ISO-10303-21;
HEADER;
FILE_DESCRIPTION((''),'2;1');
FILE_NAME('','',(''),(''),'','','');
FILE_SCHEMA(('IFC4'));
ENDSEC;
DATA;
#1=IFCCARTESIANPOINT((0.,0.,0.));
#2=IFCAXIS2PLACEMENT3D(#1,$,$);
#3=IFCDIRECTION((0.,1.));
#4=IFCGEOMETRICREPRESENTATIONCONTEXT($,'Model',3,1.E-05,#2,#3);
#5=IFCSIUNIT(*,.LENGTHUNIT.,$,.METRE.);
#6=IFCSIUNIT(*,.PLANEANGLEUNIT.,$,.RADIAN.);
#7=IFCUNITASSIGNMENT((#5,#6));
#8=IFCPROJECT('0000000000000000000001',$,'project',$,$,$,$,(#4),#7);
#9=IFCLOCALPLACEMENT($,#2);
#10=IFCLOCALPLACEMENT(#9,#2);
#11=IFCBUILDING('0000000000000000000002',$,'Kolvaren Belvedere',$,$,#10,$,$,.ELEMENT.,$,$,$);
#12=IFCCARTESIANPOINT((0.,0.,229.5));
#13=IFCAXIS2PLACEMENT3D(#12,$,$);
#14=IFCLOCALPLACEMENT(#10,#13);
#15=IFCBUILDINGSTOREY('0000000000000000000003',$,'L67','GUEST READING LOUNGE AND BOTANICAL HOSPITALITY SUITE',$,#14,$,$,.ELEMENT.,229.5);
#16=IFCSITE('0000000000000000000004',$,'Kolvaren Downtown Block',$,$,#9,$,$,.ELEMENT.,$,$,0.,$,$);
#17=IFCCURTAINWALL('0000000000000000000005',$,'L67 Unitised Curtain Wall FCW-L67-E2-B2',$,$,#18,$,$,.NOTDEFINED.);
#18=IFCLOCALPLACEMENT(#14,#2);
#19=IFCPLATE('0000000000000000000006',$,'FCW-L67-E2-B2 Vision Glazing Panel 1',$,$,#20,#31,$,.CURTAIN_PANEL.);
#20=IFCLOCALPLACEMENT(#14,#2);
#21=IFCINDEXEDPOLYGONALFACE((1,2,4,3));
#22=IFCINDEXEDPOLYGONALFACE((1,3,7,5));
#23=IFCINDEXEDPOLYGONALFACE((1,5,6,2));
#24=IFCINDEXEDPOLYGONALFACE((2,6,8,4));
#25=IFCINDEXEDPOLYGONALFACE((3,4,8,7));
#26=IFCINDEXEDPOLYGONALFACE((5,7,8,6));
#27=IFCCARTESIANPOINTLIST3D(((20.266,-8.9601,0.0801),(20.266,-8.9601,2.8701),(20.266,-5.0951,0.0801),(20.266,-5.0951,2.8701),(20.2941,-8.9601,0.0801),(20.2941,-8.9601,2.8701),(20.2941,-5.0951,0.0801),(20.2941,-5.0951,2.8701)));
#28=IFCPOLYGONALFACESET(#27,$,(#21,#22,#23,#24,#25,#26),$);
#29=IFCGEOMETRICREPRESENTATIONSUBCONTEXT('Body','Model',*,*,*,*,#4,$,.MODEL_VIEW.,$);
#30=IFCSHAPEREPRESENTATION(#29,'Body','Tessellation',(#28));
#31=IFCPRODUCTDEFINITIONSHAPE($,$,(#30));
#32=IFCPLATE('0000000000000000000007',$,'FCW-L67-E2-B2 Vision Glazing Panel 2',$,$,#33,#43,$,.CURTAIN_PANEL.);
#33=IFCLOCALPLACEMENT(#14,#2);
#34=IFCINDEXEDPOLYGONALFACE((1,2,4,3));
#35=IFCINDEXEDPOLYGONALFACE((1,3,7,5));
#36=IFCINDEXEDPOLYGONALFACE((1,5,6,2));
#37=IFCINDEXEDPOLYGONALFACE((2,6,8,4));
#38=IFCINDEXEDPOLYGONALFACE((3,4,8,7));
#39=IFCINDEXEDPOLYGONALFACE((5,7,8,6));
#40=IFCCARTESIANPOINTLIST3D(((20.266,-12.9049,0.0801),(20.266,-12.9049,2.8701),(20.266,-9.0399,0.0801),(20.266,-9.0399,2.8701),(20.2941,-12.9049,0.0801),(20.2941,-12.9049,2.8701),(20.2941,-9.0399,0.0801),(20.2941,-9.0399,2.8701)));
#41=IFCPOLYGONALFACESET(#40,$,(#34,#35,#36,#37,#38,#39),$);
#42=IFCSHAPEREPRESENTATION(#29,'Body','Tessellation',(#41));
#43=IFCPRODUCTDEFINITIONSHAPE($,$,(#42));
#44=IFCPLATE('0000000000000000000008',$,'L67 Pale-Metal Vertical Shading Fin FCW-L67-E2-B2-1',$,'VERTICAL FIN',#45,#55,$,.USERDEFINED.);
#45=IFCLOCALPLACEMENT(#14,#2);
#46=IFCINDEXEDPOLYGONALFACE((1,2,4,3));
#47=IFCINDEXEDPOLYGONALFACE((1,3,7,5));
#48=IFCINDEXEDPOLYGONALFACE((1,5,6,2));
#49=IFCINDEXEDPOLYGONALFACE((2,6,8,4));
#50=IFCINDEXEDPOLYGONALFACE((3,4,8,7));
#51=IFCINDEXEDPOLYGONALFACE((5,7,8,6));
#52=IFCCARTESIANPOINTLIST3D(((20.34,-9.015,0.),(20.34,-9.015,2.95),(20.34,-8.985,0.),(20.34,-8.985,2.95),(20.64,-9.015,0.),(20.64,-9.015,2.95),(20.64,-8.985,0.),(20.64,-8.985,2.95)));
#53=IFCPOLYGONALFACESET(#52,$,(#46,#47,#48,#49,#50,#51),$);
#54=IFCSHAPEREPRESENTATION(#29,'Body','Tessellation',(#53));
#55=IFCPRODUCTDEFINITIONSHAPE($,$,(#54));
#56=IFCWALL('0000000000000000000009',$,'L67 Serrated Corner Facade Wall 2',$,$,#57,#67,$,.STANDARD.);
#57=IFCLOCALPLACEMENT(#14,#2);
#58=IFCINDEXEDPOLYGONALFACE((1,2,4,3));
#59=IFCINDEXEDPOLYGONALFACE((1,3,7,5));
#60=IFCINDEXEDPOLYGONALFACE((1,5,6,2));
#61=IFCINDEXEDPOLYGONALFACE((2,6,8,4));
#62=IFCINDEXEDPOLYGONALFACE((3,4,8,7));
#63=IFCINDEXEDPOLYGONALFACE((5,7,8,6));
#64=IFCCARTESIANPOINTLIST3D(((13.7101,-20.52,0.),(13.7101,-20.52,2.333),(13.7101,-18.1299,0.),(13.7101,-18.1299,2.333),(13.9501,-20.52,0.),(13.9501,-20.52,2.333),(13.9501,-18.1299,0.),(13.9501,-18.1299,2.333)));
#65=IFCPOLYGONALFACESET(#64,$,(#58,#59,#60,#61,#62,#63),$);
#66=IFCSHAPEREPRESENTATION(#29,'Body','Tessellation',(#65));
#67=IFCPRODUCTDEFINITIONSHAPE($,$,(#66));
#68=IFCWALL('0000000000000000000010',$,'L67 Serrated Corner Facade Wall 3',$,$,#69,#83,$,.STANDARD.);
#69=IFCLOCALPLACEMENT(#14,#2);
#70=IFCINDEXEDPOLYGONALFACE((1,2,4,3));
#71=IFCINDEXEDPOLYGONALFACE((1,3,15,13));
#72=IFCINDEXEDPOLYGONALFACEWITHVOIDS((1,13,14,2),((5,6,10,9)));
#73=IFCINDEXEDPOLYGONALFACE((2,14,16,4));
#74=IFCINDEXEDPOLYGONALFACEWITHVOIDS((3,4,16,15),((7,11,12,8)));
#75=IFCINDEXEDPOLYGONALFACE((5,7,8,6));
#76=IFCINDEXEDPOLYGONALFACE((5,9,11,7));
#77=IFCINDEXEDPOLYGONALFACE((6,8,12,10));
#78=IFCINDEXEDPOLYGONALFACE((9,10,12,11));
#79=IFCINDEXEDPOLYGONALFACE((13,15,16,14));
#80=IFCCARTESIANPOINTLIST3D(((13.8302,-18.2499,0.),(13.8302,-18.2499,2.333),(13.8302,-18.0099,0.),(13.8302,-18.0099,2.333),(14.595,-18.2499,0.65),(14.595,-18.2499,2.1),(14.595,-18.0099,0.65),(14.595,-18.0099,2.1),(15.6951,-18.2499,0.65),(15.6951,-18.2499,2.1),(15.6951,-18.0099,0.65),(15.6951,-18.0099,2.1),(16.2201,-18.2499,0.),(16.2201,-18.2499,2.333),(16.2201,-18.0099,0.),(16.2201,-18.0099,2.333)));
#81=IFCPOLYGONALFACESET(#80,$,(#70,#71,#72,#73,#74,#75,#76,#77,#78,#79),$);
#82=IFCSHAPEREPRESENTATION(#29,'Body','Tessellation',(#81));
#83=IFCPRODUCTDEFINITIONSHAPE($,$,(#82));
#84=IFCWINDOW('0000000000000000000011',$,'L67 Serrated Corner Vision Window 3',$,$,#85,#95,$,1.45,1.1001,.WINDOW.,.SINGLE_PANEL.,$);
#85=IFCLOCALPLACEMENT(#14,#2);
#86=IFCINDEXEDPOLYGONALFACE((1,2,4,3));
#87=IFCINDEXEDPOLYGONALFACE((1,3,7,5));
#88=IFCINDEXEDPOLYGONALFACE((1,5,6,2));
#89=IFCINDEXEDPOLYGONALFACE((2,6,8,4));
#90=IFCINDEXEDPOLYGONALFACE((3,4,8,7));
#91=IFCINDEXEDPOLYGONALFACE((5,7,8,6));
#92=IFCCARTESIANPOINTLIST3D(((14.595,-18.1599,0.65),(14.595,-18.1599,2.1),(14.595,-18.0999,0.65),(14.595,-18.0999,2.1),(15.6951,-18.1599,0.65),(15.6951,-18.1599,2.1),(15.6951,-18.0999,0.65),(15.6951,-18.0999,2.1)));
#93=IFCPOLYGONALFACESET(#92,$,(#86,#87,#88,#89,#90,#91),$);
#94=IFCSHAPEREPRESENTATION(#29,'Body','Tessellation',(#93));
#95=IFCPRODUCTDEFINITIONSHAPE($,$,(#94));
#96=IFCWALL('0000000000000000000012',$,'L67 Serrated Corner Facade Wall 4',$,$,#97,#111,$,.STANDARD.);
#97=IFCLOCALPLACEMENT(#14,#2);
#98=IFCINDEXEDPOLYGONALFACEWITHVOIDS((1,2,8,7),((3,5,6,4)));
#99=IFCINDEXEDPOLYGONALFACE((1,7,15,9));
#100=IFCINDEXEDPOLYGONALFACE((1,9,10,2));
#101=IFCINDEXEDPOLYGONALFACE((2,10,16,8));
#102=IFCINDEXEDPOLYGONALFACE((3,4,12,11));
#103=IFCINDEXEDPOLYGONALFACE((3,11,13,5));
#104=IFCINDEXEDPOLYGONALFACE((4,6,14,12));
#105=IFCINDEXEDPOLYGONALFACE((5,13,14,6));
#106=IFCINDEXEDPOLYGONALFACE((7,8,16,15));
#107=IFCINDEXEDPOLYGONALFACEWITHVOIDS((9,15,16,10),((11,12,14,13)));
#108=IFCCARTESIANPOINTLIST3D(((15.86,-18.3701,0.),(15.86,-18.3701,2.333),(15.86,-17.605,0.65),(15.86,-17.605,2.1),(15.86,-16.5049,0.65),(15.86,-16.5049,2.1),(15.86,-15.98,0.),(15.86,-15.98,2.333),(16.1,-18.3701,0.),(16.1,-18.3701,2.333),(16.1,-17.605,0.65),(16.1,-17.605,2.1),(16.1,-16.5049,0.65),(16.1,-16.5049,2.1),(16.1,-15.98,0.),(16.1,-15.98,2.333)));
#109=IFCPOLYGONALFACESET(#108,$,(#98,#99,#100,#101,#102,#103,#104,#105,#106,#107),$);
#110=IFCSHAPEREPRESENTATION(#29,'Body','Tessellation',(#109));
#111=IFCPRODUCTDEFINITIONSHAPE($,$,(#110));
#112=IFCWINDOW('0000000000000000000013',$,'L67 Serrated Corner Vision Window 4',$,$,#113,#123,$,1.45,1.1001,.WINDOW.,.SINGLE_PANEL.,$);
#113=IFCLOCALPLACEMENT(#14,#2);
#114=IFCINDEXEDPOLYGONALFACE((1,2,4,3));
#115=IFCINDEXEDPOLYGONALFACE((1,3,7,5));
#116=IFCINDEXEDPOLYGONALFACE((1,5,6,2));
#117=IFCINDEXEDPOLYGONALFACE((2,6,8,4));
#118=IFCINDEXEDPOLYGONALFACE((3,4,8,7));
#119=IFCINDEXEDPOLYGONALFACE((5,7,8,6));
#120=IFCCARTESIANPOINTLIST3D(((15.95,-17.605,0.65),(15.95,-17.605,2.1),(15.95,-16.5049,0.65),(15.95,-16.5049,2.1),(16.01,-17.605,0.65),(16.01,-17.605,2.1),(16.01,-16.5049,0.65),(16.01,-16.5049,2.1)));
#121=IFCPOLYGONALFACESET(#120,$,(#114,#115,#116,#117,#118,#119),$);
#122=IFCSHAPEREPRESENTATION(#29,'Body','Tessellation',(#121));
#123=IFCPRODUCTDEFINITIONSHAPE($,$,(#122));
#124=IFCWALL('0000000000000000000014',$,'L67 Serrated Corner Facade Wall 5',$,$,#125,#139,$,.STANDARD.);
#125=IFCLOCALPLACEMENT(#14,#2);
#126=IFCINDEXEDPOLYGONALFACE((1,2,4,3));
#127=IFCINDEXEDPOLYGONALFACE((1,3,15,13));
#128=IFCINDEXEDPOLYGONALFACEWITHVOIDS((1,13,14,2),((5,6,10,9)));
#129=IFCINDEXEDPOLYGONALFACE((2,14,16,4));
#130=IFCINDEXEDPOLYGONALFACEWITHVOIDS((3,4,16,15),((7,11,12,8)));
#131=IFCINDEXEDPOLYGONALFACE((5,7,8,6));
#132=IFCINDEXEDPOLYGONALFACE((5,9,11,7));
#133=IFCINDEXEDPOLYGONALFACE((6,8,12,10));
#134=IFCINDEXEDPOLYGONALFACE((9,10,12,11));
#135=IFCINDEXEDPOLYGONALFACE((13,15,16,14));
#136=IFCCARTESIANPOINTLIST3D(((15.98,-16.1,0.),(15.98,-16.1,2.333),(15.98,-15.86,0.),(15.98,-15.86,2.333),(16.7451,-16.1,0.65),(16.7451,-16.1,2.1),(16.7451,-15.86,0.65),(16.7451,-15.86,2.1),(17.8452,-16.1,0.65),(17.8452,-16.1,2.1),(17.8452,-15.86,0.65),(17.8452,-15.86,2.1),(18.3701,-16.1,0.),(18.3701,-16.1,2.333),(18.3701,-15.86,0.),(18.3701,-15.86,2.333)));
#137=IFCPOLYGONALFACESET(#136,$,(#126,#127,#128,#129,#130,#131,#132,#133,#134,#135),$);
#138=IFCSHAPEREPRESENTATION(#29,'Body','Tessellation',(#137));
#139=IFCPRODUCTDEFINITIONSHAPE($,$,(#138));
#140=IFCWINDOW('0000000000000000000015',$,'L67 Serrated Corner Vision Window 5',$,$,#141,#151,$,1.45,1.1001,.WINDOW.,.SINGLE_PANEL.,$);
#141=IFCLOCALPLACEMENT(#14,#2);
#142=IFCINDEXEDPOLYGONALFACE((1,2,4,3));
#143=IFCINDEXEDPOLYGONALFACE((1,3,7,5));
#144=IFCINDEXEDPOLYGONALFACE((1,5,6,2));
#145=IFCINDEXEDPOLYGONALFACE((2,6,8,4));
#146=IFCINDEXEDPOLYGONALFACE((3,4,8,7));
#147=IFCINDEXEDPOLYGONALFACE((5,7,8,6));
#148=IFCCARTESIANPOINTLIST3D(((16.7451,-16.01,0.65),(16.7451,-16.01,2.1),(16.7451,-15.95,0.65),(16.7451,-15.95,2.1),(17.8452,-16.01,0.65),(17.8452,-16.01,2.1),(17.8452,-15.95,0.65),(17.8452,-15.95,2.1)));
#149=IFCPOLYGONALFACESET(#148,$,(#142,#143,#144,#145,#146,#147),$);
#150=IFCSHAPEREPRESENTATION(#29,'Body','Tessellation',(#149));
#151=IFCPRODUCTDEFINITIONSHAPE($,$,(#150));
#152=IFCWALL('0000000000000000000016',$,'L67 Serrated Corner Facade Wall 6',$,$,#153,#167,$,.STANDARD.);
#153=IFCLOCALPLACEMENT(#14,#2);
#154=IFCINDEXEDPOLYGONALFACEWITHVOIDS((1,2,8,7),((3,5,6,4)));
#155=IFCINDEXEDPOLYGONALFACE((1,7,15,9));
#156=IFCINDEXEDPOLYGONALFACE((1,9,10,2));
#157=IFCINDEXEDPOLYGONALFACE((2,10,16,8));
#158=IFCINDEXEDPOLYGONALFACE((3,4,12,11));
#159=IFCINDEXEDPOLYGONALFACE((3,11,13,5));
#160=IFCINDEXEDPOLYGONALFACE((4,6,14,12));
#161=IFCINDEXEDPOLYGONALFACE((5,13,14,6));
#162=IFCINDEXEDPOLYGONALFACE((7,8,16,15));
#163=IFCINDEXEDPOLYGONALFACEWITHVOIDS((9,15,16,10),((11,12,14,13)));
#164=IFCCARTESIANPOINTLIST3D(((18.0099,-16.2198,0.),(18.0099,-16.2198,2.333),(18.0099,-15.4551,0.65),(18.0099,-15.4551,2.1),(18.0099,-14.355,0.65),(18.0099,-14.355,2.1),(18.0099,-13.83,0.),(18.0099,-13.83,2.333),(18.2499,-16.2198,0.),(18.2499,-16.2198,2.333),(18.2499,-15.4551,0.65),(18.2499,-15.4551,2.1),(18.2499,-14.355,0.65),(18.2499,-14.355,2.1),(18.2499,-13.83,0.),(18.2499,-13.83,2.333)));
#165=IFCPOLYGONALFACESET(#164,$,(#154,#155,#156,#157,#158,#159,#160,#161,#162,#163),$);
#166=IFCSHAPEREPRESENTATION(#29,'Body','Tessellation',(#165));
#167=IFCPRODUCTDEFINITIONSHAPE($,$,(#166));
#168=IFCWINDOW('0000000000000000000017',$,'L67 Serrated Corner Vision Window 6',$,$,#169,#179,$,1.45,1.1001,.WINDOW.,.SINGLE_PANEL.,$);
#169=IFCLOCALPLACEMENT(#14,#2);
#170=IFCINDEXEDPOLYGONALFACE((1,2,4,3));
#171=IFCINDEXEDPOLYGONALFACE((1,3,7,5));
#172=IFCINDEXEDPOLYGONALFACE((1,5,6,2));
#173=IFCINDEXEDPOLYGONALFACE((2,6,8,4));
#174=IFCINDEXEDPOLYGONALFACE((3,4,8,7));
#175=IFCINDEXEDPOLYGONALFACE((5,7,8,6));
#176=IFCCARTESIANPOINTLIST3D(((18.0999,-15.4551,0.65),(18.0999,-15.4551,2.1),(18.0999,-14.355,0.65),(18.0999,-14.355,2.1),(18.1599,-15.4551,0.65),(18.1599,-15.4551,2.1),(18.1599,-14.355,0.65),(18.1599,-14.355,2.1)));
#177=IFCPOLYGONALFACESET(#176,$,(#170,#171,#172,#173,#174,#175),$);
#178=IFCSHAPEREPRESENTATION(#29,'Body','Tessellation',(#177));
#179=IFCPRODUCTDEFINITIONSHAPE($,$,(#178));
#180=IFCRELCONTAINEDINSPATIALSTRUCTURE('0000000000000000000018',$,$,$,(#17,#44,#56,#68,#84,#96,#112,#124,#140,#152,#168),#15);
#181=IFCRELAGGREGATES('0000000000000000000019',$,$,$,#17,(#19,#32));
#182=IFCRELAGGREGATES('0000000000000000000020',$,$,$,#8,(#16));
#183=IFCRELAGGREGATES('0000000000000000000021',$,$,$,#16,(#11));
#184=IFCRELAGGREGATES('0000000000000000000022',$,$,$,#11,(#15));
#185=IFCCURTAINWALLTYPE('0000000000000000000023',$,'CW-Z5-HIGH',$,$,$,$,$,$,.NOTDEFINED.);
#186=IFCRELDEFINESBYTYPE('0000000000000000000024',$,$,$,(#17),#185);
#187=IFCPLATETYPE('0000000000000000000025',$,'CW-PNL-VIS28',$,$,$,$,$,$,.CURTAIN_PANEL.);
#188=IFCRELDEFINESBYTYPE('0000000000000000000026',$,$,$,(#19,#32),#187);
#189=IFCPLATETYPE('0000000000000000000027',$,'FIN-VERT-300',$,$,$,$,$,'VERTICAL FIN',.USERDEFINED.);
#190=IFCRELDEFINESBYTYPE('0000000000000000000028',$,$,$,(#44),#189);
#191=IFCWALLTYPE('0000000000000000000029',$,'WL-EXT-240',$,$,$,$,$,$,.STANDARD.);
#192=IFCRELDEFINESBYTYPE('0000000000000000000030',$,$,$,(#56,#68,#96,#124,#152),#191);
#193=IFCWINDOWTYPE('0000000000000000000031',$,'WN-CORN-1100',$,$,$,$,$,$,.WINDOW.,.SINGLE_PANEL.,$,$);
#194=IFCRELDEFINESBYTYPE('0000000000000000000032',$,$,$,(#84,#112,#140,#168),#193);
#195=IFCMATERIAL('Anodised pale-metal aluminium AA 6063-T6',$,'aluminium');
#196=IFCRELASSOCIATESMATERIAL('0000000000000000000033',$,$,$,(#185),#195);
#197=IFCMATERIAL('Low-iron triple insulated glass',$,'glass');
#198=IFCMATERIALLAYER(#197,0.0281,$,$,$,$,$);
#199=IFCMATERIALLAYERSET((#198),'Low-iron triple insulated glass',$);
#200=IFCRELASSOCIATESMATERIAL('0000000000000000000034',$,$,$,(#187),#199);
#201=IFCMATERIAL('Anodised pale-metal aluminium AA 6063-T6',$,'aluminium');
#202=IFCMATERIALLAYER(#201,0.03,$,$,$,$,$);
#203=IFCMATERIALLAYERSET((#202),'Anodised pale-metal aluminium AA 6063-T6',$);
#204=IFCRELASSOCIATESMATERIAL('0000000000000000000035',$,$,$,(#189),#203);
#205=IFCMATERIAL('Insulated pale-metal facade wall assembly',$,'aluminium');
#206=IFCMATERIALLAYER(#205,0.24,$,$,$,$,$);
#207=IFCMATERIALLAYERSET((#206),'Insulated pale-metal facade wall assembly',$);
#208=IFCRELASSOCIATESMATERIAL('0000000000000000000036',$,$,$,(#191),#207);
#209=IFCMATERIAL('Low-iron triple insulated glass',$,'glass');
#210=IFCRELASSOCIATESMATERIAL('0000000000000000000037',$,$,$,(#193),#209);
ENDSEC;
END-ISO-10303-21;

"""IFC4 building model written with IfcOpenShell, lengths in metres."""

from ifc_helpers import new_model, si_unit, direction, frame, frame_2d, origin, origin_2d, place, context, subcontext, project, spatial, rectangle, extrude, material, layer, layer_set, type_object, element, fill, aggregate, save


model = new_model("IFC4")

# Units and contexts
model_context = context("Model", 3, precision=1e-05, world=origin(), true_north=direction((0.0, 1.0)))
body_context = subcontext(model_context, "Body", "Model", "MODEL_VIEW")
ifc_project = project(units=[si_unit("LENGTHUNIT", "METRE"), si_unit("PLANEANGLEUNIT", "RADIAN")], contexts=[model_context])

# Site, building, storey
site_placement = place(None, origin())
site = spatial("IfcSite", under=ifc_project, at=site_placement, Name="Kolvaren Downtown Block", CompositionType="ELEMENT", RefElevation=0.0)
building_placement = place(site_placement, origin())
building = spatial("IfcBuilding", under=site, at=building_placement, Name="Kolvaren Belvedere", CompositionType="ELEMENT")
storey_placement = place(building_placement, frame((0.0, 0.0, 229.5)))
storey = spatial("IfcBuildingStorey", under=building, at=storey_placement, Name="L67", Description="GUEST READING LOUNGE AND BOTANICAL HOSPITALITY SUITE", CompositionType="ELEMENT", Elevation=229.5)

# Curtain wall
ifc_material_1 = material(Name="Anodised pale-metal aluminium AA 6063-T6", Category="aluminium")
curtain_wall_type = type_object("IfcCurtainWallType", Name="CW-Z5-HIGH", PredefinedType="NOTDEFINED", material=ifc_material_1)
curtain_wall_1_placement = place(storey_placement, origin())
curtain_wall_1 = element("IfcCurtainWall", 1, at=curtain_wall_1_placement, inside=storey, type_object=curtain_wall_type, Name="L67 Unitised Curtain Wall FCW-L67-E2-B2", PredefinedType="NOTDEFINED")

# Plates
ifc_material_2 = material(Name="Low-iron triple insulated glass", Category="glass")
ifc_layer_1 = layer(ifc_material_2, 0.0281)
ifc_layer_set_1 = layer_set([ifc_layer_1], Name="Low-iron triple insulated glass")
plate_type_1 = type_object("IfcPlateType", Name="CW-PNL-VIS28", PredefinedType="CURTAIN_PANEL", material=ifc_layer_set_1)
plate_1_placement = place(storey_placement, frame((20.28, -7.0276, 0.0801), z_axis=(0.0, 0.0, 1.0), x_axis=(0.0, -1.0, 0.0)))
plate_1 = element("IfcPlate", 2, at=plate_1_placement, type_object=plate_type_1, Name="FCW-L67-E2-B2 Vision Glazing Panel 1", PredefinedType="CURTAIN_PANEL", context=body_context, shape_type="SweptSolid", body=[
    extrude(rectangle(XDim=3.865, YDim=0.0281, at=origin_2d()), origin(), (0.0, 0.0, 1.0), 2.79),
])
plate_2_placement = place(storey_placement, frame((20.28, -10.9724, 0.0801), z_axis=(0.0, 0.0, 1.0), x_axis=(0.0, -1.0, 0.0)))
plate_2 = element("IfcPlate", 3, at=plate_2_placement, type_object=plate_type_1, Name="FCW-L67-E2-B2 Vision Glazing Panel 2", PredefinedType="CURTAIN_PANEL", context=body_context, shape_type="SweptSolid", body=[
    extrude(rectangle(XDim=3.865, YDim=0.0281, at=origin_2d()), origin(), (0.0, 0.0, 1.0), 2.79),
])
aggregate(curtain_wall_1, [plate_1, plate_2])
ifc_material_3 = material(Name="Anodised pale-metal aluminium AA 6063-T6", Category="aluminium")
ifc_layer_2 = layer(ifc_material_3, 0.03)
ifc_layer_set_2 = layer_set([ifc_layer_2], Name="Anodised pale-metal aluminium AA 6063-T6")
plate_type_2 = type_object("IfcPlateType", Name="FIN-VERT-300", ElementType="VERTICAL FIN", PredefinedType="USERDEFINED", material=ifc_layer_set_2)
plate_3_placement = place(storey_placement, frame((20.49, -9.0, 0.0), z_axis=(0.0, 0.0, 1.0), x_axis=(1.0, 0.0, 0.0)))
element("IfcPlate", 4, at=plate_3_placement, inside=storey, type_object=plate_type_2, Name="L67 Pale-Metal Vertical Shading Fin FCW-L67-E2-B2-1", ObjectType="VERTICAL FIN", PredefinedType="USERDEFINED", context=body_context, shape_type="SweptSolid", body=[
    extrude(rectangle(XDim=0.3, YDim=0.03, at=origin_2d()), origin(), (0.0, 0.0, 1.0), 2.95),
])

# Wall
ifc_material_4 = material(Name="Insulated pale-metal facade wall assembly", Category="aluminium")
ifc_layer_3 = layer(ifc_material_4, 0.24)
ifc_layer_set_3 = layer_set([ifc_layer_3], Name="Insulated pale-metal facade wall assembly")
wall_type_1 = type_object("IfcWallType", Name="WL-EXT-240", PredefinedType="STANDARD", material=ifc_layer_set_3)
wall_1_placement = place(storey_placement, frame((13.8301, -18.1299, 0.0), z_axis=(0.0, 0.0, 1.0), x_axis=(0.0, -1.0, 0.0)))
element("IfcWall", 5, at=wall_1_placement, inside=storey, type_object=wall_type_1, Name="L67 Serrated Corner Facade Wall 2", PredefinedType="STANDARD", context=body_context, shape_type="SweptSolid", body=[
    extrude(rectangle(XDim=2.3901, YDim=0.24, at=frame_2d((1.1951, 0.0))), origin(), (0.0, 0.0, 1.0), 2.333),
])

# Walls, openings, windows
wall_2_placement = place(storey_placement, frame((16.22, -18.1299, 0.0), z_axis=(0.0, 0.0, 1.0), x_axis=(-1.0, 0.0, 0.0)))
wall_2 = element("IfcWall", 6, at=wall_2_placement, inside=storey, type_object=wall_type_1, Name="L67 Serrated Corner Facade Wall 3", PredefinedType="STANDARD", context=body_context, shape_type="SweptSolid", body=[
    extrude(rectangle(XDim=2.3899, YDim=0.24, at=frame_2d((1.1948, 0.0))), origin(), (0.0, 0.0, 1.0), 2.333),
])
opening_1_placement = place(wall_2_placement, frame((0.5249, 0.0, 0.6499)))
opening_1 = element("IfcOpeningElement", 7, at=opening_1_placement, cuts=wall_2, PredefinedType="OPENING", context=body_context, shape_type="SweptSolid", body=[
    extrude(rectangle(XDim=1.1001, YDim=1.45, at=frame_2d((0.55, 0.7251))), frame((0.0, 0.1299, 0.0), z_axis=(0.0, -1.0, 0.0), x_axis=(1.0, 0.0, 0.0)), (0.0, 0.0, 1.0), 0.26),
])
ifc_material_5 = material(Name="Low-iron triple insulated glass", Category="glass")
window_type = type_object("IfcWindowType", Name="WN-CORN-1100", PartitioningType="SINGLE_PANEL", PredefinedType="WINDOW", material=ifc_material_5)
window_1_placement = place(opening_1_placement, origin())
window_1 = element("IfcWindow", 8, at=window_1_placement, inside=storey, type_object=window_type, Name="L67 Serrated Corner Vision Window 3", OverallHeight=1.45, OverallWidth=1.1001, PartitioningType="SINGLE_PANEL", PredefinedType="WINDOW", context=body_context, shape_type="SweptSolid", body=[
    extrude(rectangle(XDim=1.1001, YDim=1.45, at=frame_2d((0.55, 0.7251))), frame((0.0, 0.03, 0.0), z_axis=(0.0, -1.0, 0.0), x_axis=(1.0, 0.0, 0.0)), (0.0, 0.0, 1.0), 0.0601),
])
fill(opening_1, window_1)
wall_3_placement = place(storey_placement, frame((15.98, -15.98, 0.0), z_axis=(0.0, 0.0, 1.0), x_axis=(0.0, -1.0, 0.0)))
wall_3 = element("IfcWall", 9, at=wall_3_placement, inside=storey, type_object=wall_type_1, Name="L67 Serrated Corner Facade Wall 4", PredefinedType="STANDARD", context=body_context, shape_type="SweptSolid", body=[
    extrude(rectangle(XDim=2.3901, YDim=0.24, at=frame_2d((1.1951, 0.0))), origin(), (0.0, 0.0, 1.0), 2.333),
])
opening_2_placement = place(wall_3_placement, frame((0.5249, 0.0, 0.6499)))
opening_2 = element("IfcOpeningElement", 10, at=opening_2_placement, cuts=wall_3, PredefinedType="OPENING", context=body_context, shape_type="SweptSolid", body=[
    extrude(rectangle(XDim=1.1001, YDim=1.45, at=frame_2d((0.55, 0.7251))), frame((0.0, 0.1299, 0.0), z_axis=(0.0, -1.0, 0.0), x_axis=(1.0, 0.0, 0.0)), (0.0, 0.0, 1.0), 0.26),
])
window_2_placement = place(opening_2_placement, origin())
window_2 = element("IfcWindow", 11, at=window_2_placement, inside=storey, type_object=window_type, Name="L67 Serrated Corner Vision Window 4", OverallHeight=1.45, OverallWidth=1.1001, PartitioningType="SINGLE_PANEL", PredefinedType="WINDOW", context=body_context, shape_type="SweptSolid", body=[
    extrude(rectangle(XDim=1.1001, YDim=1.45, at=frame_2d((0.55, 0.7251))), frame((0.0, 0.03, 0.0), z_axis=(0.0, -1.0, 0.0), x_axis=(1.0, 0.0, 0.0)), (0.0, 0.0, 1.0), 0.0601),
])
fill(opening_2, window_2)
wall_4_placement = place(storey_placement, frame((18.3701, -15.98, 0.0), z_axis=(0.0, 0.0, 1.0), x_axis=(-1.0, 0.0, 0.0)))
wall_4 = element("IfcWall", 12, at=wall_4_placement, inside=storey, type_object=wall_type_1, Name="L67 Serrated Corner Facade Wall 5", PredefinedType="STANDARD", context=body_context, shape_type="SweptSolid", body=[
    extrude(rectangle(XDim=2.3901, YDim=0.24, at=frame_2d((1.1951, 0.0))), origin(), (0.0, 0.0, 1.0), 2.333),
])
opening_3_placement = place(wall_4_placement, frame((0.5249, 0.0, 0.6499)))
opening_3 = element("IfcOpeningElement", 13, at=opening_3_placement, cuts=wall_4, PredefinedType="OPENING", context=body_context, shape_type="SweptSolid", body=[
    extrude(rectangle(XDim=1.1001, YDim=1.45, at=frame_2d((0.55, 0.7251))), frame((0.0, 0.1299, 0.0), z_axis=(0.0, -1.0, 0.0), x_axis=(1.0, 0.0, 0.0)), (0.0, 0.0, 1.0), 0.26),
])
window_3_placement = place(opening_3_placement, origin())
window_3 = element("IfcWindow", 14, at=window_3_placement, inside=storey, type_object=window_type, Name="L67 Serrated Corner Vision Window 5", OverallHeight=1.45, OverallWidth=1.1001, PartitioningType="SINGLE_PANEL", PredefinedType="WINDOW", context=body_context, shape_type="SweptSolid", body=[
    extrude(rectangle(XDim=1.1001, YDim=1.45, at=frame_2d((0.55, 0.7251))), frame((0.0, 0.03, 0.0), z_axis=(0.0, -1.0, 0.0), x_axis=(1.0, 0.0, 0.0)), (0.0, 0.0, 1.0), 0.0601),
])
fill(opening_3, window_3)
wall_5_placement = place(storey_placement, frame((18.1299, -13.8301, 0.0), z_axis=(0.0, 0.0, 1.0), x_axis=(0.0, -1.0, 0.0)))
wall_5 = element("IfcWall", 15, at=wall_5_placement, inside=storey, type_object=wall_type_1, Name="L67 Serrated Corner Facade Wall 6", PredefinedType="STANDARD", context=body_context, shape_type="SweptSolid", body=[
    extrude(rectangle(XDim=2.3899, YDim=0.24, at=frame_2d((1.1948, 0.0))), origin(), (0.0, 0.0, 1.0), 2.333),
])
opening_4_placement = place(wall_5_placement, frame((0.5249, 0.0, 0.6499)))
opening_4 = element("IfcOpeningElement", 16, at=opening_4_placement, cuts=wall_5, PredefinedType="OPENING", context=body_context, shape_type="SweptSolid", body=[
    extrude(rectangle(XDim=1.1001, YDim=1.45, at=frame_2d((0.55, 0.7251))), frame((0.0, 0.1299, 0.0), z_axis=(0.0, -1.0, 0.0), x_axis=(1.0, 0.0, 0.0)), (0.0, 0.0, 1.0), 0.26),
])
window_4_placement = place(opening_4_placement, origin())
window_4 = element("IfcWindow", 17, at=window_4_placement, inside=storey, type_object=window_type, Name="L67 Serrated Corner Vision Window 6", OverallHeight=1.45, OverallWidth=1.1001, PartitioningType="SINGLE_PANEL", PredefinedType="WINDOW", context=body_context, shape_type="SweptSolid", body=[
    extrude(rectangle(XDim=1.1001, YDim=1.45, at=frame_2d((0.55, 0.7251))), frame((0.0, 0.03, 0.0), z_axis=(0.0, -1.0, 0.0), x_axis=(1.0, 0.0, 0.0)), (0.0, 0.0, 1.0), 0.0601),
])
fill(opening_4, window_4)

save(model, "model.ifc")
